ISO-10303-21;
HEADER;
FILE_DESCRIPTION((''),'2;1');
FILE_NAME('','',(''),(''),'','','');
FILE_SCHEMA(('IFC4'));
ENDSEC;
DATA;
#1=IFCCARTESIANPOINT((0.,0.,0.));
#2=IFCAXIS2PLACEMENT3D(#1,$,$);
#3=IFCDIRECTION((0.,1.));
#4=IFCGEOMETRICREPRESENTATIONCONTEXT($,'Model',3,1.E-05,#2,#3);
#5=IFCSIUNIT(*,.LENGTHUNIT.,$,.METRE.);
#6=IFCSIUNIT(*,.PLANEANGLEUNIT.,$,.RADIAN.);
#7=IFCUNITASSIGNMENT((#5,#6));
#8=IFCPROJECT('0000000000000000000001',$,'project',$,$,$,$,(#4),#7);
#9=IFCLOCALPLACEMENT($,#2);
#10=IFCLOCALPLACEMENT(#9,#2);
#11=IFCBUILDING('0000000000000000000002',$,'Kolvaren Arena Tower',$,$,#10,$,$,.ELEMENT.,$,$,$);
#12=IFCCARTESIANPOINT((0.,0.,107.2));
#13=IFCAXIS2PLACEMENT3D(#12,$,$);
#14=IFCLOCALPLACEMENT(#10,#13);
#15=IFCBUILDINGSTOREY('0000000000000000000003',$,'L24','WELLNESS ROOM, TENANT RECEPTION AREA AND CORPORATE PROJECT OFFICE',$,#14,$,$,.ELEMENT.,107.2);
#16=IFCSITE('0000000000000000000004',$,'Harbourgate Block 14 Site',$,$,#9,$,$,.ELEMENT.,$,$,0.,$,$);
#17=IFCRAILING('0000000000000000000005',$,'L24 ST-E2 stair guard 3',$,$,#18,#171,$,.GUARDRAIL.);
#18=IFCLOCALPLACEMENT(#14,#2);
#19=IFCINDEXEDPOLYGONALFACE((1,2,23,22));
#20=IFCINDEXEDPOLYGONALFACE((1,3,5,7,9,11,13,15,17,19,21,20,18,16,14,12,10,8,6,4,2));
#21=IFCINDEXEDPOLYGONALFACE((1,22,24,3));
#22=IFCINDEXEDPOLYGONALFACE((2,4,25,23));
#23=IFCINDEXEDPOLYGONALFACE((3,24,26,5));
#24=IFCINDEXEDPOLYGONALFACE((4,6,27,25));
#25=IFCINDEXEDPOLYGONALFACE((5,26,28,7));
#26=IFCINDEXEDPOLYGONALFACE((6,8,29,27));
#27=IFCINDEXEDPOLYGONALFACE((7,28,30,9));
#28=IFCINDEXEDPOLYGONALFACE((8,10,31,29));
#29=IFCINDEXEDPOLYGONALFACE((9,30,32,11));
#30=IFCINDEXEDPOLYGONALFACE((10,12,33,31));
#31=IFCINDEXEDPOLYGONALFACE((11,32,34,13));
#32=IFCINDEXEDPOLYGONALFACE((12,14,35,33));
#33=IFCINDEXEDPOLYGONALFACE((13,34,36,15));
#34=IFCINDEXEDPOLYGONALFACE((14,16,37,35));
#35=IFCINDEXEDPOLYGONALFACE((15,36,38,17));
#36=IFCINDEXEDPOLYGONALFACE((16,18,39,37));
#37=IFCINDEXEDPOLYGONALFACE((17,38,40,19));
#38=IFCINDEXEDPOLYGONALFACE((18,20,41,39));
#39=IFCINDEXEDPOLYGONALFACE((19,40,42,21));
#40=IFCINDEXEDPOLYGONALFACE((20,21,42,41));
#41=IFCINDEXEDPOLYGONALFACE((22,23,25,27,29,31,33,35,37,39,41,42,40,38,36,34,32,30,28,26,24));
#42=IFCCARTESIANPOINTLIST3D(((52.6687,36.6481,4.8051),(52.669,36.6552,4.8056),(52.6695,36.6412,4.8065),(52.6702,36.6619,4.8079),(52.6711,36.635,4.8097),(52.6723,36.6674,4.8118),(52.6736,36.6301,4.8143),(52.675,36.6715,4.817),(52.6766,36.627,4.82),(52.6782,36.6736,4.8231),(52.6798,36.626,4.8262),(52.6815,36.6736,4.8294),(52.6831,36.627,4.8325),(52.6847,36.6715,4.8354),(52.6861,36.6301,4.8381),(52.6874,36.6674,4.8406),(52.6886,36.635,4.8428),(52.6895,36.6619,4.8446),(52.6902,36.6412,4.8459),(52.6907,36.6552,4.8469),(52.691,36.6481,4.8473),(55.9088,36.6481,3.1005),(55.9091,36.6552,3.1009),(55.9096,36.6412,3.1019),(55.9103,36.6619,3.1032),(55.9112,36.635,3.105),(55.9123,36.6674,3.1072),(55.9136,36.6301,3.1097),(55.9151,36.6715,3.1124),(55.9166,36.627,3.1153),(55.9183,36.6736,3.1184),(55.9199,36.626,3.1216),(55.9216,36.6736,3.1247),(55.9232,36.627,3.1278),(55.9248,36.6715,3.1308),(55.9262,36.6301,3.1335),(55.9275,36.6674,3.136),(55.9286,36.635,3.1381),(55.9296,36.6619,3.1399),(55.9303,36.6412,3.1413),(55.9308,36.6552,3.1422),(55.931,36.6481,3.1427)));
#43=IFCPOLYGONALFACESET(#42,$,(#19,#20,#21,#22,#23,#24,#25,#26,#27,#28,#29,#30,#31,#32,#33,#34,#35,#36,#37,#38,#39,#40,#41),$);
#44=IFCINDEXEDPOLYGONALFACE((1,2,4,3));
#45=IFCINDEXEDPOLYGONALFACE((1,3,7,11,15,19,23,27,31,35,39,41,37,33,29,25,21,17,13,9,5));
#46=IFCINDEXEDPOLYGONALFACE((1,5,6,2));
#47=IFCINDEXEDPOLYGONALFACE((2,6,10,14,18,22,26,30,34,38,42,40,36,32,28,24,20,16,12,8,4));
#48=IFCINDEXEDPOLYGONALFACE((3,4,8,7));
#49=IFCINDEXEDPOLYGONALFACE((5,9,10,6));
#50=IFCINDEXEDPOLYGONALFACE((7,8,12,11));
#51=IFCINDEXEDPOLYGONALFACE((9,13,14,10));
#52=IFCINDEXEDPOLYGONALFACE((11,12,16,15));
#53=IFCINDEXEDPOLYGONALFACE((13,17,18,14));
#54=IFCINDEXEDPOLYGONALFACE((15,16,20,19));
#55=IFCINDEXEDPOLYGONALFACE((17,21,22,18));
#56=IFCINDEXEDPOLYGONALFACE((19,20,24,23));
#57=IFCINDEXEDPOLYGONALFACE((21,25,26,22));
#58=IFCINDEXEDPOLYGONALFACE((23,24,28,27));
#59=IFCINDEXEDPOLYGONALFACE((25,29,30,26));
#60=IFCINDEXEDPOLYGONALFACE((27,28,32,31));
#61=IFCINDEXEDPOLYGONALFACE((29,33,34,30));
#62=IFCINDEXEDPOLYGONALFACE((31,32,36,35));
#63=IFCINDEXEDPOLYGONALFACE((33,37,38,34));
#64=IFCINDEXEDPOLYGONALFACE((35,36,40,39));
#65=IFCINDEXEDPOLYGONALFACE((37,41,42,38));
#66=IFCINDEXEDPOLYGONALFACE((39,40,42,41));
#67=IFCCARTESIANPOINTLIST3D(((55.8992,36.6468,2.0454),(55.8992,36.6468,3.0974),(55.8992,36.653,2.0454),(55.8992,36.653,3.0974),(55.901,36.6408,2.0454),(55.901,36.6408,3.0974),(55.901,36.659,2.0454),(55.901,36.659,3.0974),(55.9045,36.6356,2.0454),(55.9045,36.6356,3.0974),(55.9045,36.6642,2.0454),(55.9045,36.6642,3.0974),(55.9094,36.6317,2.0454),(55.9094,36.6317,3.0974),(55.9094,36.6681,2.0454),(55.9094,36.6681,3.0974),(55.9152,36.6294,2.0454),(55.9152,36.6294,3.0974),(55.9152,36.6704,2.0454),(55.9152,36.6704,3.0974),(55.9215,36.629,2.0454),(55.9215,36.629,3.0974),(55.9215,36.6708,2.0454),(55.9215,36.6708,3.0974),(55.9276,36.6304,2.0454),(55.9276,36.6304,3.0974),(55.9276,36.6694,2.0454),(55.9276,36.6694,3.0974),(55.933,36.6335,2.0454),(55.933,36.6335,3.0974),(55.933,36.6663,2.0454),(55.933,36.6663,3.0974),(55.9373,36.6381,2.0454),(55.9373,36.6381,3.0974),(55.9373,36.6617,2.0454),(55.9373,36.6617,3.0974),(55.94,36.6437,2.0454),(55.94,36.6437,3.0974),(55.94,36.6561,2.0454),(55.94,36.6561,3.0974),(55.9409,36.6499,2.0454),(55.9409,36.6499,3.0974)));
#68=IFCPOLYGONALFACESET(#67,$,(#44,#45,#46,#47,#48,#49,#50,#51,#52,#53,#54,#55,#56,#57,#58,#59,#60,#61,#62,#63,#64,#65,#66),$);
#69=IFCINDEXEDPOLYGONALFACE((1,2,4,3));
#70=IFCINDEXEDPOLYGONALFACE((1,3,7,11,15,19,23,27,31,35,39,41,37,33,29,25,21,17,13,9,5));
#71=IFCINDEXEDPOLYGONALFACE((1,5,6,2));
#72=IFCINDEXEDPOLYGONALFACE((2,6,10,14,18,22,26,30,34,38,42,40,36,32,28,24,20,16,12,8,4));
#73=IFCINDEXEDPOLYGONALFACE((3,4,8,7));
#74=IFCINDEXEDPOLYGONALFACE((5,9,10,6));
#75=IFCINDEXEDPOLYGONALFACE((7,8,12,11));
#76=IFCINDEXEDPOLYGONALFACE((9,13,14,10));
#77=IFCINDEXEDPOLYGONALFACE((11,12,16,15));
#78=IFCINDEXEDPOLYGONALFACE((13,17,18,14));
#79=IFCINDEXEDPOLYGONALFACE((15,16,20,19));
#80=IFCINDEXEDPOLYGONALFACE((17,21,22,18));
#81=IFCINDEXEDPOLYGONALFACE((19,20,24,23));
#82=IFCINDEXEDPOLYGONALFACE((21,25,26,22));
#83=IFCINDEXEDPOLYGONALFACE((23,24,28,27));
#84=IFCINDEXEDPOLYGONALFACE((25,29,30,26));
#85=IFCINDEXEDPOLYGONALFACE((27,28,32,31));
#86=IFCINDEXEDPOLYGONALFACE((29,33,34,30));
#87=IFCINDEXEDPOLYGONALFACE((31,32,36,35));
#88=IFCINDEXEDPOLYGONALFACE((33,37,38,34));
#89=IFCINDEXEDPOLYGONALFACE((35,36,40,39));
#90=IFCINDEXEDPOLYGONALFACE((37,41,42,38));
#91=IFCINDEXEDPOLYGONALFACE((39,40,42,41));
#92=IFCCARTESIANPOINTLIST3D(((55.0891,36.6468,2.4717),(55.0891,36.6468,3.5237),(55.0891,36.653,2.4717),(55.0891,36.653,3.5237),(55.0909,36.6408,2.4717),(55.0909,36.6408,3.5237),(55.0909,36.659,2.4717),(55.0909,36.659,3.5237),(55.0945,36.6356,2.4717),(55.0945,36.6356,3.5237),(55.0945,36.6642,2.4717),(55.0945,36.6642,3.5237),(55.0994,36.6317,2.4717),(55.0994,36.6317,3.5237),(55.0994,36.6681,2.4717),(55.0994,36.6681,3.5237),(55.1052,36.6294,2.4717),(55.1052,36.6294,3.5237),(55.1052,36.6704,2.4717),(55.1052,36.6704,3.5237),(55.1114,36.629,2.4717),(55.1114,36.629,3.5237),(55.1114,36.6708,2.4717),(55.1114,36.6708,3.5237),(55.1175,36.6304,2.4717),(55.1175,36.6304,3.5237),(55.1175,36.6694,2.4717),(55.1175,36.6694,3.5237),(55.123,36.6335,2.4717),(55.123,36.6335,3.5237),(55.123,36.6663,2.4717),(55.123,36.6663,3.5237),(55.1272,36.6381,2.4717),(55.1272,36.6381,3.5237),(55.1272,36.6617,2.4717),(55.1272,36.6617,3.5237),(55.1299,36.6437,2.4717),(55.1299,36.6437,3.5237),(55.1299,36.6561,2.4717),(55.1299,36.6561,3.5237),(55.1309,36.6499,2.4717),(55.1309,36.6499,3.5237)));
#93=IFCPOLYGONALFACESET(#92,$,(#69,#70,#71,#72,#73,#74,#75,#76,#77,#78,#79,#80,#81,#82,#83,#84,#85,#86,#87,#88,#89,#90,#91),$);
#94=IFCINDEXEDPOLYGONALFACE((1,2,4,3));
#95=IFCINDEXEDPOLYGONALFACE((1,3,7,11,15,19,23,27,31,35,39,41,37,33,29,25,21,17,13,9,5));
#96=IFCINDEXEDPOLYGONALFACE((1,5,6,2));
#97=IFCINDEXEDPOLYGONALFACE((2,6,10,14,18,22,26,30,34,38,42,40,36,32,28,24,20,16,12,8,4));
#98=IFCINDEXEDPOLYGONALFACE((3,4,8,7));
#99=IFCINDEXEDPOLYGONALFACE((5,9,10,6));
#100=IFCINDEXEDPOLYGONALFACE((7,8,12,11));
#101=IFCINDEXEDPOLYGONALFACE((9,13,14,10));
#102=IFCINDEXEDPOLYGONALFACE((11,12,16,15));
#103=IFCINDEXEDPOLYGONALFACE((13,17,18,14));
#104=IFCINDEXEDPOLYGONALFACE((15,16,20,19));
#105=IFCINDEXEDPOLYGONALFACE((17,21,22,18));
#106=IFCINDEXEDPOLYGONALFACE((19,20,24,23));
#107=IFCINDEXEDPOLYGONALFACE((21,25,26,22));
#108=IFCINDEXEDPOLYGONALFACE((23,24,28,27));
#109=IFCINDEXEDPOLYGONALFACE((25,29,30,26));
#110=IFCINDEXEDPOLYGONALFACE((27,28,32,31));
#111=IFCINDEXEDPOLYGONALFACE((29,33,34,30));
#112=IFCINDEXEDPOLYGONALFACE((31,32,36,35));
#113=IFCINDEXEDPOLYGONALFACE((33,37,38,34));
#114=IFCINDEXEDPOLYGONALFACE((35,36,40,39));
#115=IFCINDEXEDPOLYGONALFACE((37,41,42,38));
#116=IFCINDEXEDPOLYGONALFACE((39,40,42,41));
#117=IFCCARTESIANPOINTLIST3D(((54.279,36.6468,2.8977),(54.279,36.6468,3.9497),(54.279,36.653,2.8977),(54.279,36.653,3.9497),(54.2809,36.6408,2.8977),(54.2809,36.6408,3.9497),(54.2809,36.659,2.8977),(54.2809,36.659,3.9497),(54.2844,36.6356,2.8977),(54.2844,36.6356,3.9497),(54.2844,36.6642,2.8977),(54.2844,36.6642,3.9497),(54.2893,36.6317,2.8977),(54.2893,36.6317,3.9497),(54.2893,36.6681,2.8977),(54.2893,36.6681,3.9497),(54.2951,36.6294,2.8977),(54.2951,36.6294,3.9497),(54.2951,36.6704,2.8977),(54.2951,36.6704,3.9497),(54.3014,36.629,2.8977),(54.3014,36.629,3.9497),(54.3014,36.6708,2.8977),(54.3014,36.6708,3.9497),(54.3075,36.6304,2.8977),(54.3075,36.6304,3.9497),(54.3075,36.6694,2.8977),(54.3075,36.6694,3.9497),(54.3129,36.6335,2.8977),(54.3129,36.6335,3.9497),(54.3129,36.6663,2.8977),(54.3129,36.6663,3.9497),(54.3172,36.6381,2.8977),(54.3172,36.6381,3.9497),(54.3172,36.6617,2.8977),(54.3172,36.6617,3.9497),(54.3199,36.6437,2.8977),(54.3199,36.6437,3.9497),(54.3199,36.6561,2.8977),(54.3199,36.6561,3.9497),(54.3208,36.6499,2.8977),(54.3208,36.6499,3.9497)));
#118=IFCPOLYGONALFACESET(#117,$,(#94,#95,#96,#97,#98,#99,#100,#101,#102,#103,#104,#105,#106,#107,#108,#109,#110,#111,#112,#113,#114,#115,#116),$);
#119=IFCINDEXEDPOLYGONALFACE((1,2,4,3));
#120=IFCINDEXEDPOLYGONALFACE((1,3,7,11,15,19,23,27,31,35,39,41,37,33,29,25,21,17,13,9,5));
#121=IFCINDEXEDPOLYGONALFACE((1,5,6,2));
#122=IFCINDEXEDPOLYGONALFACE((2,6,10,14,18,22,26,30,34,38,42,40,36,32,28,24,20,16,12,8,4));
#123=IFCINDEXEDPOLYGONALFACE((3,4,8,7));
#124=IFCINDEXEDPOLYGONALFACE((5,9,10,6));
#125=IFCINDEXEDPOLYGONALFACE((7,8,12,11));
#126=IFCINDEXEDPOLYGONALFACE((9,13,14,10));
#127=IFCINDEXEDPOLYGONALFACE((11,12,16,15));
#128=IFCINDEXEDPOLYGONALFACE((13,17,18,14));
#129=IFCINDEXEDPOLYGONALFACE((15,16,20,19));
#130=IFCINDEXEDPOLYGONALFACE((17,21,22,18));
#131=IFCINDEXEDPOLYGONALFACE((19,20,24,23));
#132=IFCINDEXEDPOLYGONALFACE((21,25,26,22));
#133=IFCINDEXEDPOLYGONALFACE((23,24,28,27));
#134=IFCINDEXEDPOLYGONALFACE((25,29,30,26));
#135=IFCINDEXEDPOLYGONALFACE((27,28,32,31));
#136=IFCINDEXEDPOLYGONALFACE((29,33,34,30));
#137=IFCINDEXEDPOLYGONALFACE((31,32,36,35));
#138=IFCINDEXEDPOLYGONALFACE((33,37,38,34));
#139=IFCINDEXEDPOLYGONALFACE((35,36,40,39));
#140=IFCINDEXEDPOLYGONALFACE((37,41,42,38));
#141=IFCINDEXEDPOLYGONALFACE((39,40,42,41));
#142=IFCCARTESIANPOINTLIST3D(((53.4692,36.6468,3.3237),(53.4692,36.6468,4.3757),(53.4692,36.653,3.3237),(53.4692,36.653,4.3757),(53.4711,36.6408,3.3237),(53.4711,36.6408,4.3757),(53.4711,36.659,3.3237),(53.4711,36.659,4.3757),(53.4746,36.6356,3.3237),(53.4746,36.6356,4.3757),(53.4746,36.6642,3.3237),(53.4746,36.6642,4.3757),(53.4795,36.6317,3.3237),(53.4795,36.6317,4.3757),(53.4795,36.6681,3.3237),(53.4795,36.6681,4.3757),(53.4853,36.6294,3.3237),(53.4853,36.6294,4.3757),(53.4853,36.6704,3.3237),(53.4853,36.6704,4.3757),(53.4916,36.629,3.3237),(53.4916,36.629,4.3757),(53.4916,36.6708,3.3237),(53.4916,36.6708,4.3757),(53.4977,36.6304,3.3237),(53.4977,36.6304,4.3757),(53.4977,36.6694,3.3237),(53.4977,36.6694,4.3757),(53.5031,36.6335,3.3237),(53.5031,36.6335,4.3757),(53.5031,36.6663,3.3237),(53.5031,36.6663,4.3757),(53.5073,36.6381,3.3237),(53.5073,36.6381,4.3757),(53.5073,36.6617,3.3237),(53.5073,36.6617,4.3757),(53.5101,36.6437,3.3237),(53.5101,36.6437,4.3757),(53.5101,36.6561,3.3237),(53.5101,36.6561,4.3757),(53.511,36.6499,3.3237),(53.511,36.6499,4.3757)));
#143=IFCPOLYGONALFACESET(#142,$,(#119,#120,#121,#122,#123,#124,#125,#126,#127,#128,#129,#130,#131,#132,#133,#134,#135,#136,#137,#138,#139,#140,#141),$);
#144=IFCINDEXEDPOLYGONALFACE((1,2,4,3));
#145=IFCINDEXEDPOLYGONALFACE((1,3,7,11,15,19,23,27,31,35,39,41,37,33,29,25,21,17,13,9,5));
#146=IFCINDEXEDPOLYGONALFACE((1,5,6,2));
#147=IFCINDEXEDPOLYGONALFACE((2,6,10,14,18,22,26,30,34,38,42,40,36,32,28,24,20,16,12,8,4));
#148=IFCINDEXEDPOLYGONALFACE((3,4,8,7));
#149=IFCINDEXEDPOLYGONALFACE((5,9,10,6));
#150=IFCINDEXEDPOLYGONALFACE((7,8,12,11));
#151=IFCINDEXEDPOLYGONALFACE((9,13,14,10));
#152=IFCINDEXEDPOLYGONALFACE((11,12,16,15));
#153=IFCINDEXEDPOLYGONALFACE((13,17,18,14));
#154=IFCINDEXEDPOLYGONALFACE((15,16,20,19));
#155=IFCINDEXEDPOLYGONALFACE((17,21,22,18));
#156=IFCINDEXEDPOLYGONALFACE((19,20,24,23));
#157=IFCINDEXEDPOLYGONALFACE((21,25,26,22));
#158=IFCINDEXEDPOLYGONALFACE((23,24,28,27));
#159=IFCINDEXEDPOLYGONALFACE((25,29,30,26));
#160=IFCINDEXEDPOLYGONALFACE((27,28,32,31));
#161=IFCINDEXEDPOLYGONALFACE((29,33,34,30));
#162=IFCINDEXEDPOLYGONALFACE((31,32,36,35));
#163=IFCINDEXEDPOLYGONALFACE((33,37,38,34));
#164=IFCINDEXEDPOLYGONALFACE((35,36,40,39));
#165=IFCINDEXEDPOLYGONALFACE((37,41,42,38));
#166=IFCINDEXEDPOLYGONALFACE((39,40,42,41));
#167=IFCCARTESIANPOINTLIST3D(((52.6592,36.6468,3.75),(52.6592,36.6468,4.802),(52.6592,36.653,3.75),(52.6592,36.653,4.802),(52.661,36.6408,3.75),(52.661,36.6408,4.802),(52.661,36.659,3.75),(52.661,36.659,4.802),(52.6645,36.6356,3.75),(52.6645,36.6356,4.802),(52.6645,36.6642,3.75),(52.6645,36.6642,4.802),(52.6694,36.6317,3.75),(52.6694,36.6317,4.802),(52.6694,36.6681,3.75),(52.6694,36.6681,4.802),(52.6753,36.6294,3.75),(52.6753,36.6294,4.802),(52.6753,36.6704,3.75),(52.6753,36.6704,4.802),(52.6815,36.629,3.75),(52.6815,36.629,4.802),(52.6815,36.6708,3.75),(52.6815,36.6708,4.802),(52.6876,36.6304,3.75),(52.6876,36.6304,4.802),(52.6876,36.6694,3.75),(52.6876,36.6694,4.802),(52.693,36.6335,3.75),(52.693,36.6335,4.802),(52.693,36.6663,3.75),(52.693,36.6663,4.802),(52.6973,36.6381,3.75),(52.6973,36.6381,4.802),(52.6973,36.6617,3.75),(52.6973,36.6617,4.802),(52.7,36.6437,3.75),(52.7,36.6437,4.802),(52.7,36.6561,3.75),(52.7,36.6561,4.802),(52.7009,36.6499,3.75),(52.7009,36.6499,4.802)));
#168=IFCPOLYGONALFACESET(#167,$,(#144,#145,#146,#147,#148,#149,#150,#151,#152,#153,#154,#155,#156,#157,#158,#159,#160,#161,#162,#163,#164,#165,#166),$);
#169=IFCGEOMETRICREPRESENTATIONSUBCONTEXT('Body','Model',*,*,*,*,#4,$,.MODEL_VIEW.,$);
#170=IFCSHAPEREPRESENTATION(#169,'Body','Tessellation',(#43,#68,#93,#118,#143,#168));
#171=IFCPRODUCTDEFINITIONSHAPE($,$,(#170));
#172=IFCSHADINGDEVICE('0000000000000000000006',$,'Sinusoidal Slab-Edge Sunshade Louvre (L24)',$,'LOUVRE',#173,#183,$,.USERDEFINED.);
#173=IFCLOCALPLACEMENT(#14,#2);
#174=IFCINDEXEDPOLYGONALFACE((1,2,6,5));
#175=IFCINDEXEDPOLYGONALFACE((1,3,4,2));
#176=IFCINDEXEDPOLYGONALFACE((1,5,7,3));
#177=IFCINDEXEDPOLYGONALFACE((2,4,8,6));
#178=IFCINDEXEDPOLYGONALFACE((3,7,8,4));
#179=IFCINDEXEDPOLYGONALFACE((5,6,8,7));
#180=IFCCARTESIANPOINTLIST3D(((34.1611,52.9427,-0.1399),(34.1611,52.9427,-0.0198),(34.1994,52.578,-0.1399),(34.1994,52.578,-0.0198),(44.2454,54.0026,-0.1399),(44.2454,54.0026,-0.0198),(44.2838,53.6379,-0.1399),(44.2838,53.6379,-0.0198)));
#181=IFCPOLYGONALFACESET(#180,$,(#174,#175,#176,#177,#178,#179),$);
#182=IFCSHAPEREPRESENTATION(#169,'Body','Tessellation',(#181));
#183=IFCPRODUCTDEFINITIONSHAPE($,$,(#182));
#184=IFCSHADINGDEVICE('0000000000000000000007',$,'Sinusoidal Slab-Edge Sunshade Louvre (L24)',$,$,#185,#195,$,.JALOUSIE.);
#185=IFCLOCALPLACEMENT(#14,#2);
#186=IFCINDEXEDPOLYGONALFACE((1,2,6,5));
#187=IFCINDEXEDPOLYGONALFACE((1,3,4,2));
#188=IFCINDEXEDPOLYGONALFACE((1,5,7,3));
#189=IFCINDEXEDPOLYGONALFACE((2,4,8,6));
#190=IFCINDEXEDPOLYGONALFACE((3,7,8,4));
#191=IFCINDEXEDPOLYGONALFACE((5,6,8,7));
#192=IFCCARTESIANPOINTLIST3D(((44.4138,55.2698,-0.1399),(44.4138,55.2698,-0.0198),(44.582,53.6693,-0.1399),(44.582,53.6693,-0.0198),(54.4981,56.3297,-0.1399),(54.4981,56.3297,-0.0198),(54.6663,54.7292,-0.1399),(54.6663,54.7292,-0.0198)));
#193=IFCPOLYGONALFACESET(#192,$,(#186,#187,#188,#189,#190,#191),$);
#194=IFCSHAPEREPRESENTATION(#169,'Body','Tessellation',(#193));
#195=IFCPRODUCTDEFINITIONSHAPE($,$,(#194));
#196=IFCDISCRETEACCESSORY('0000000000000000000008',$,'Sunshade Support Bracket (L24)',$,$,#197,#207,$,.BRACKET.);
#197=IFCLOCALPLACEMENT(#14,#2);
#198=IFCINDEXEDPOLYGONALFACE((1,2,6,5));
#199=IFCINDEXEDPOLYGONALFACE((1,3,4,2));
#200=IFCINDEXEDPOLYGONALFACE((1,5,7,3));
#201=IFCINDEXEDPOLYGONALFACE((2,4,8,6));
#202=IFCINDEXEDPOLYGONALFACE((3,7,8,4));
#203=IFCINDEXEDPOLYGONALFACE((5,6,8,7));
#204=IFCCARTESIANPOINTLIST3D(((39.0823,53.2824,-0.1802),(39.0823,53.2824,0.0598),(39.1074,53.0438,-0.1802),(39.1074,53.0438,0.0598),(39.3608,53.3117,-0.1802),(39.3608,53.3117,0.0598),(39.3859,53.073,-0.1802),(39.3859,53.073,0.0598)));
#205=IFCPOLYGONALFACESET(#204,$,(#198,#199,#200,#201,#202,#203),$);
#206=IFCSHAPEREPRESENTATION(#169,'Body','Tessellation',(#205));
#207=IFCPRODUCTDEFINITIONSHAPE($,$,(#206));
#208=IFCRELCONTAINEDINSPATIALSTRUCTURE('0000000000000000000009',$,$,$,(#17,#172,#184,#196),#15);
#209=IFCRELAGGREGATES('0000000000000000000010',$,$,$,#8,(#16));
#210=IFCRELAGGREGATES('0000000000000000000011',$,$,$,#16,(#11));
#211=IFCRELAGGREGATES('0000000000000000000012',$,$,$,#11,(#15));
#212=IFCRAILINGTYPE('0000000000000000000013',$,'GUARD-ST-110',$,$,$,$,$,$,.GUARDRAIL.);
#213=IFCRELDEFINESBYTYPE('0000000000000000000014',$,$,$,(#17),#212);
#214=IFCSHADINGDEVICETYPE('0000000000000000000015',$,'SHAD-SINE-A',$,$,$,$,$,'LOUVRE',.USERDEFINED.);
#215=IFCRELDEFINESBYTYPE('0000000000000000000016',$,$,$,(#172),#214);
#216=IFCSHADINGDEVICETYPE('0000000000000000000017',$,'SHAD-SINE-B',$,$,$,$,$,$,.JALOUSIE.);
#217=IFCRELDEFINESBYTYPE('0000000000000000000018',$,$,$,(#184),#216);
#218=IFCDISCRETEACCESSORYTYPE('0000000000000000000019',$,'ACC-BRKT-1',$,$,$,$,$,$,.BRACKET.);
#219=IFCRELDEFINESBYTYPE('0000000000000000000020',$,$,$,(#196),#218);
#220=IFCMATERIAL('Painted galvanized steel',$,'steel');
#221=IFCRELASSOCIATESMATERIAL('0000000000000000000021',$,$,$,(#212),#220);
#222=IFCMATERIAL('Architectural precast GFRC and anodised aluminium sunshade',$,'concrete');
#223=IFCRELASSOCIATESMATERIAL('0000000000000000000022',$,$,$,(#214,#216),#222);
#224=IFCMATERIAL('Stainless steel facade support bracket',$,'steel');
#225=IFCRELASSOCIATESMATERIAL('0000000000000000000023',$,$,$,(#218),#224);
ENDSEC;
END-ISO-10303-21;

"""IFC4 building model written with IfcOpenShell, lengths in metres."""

from ifc_helpers import new_model, si_unit, direction, frame, origin, origin_2d, place, context, subcontext, project, spatial, rectangle, circle, extrude, material, type_object, element, save


model = new_model("IFC4")

# Units and contexts
model_context = context("Model", 3, precision=1e-05, world=origin(), true_north=direction((0.0, 1.0)))
body_context = subcontext(model_context, "Body", "Model", "MODEL_VIEW")
ifc_project = project(units=[si_unit("LENGTHUNIT", "METRE"), si_unit("PLANEANGLEUNIT", "RADIAN")], contexts=[model_context])

# Site, building, storey
site_placement = place(None, origin())
site = spatial("IfcSite", under=ifc_project, at=site_placement, Name="Harbourgate Block 14 Site", CompositionType="ELEMENT", RefElevation=0.0)
building_placement = place(site_placement, origin())
building = spatial("IfcBuilding", under=site, at=building_placement, Name="Kolvaren Arena Tower", CompositionType="ELEMENT")
storey_placement = place(building_placement, frame((0.0, 0.0, 107.2)))
storey = spatial("IfcBuildingStorey", under=building, at=storey_placement, Name="L24", Description="WELLNESS ROOM, TENANT RECEPTION AREA AND CORPORATE PROJECT OFFICE", CompositionType="ELEMENT", Elevation=107.2)

# Railing
ifc_material_1 = material(Name="Painted galvanized steel", Category="steel")
railing_type = type_object("IfcRailingType", Name="GUARD-ST-110", PredefinedType="GUARDRAIL", material=ifc_material_1)
railing_placement = place(storey_placement, frame((55.9199, 36.6499, 2.0454)))
element("IfcRailing", 1, at=railing_placement, inside=storey, type_object=railing_type, Name="L24 ST-E2 stair guard 3", PredefinedType="GUARDRAIL", context=body_context, shape_type="SweptSolid", body=[
    extrude(circle(Radius=0.0239, at=origin_2d()), frame((0.0, 0.0, 1.0762), z_axis=(-0.884993, 0.0, 0.465604), x_axis=(0.0, -1.0, 0.0)), (0.0, 0.0, 1.0), 3.6611),
    extrude(circle(Radius=0.021, at=origin_2d()), origin(), (0.0, 0.0, 1.0), 1.052),
    extrude(circle(Radius=0.021, at=origin_2d()), frame((-0.8101, 0.0, 0.4263)), (0.0, 0.0, 1.0), 1.052),
    extrude(circle(Radius=0.021, at=origin_2d()), frame((-1.6201, 0.0, 0.8523)), (0.0, 0.0, 1.0), 1.052),
    extrude(circle(Radius=0.021, at=origin_2d()), frame((-2.4299, 0.0, 1.2783)), (0.0, 0.0, 1.0), 1.052),
    extrude(circle(Radius=0.021, at=origin_2d()), frame((-3.24, 0.0, 1.7046)), (0.0, 0.0, 1.0), 1.052),
])

# Shading devices
ifc_material_2 = material(Name="Architectural precast GFRC and anodised aluminium sunshade", Category="concrete")
shading_device_type_1 = type_object("IfcShadingDeviceType", Name="SHAD-SINE-A", ElementType="LOUVRE", PredefinedType="USERDEFINED", material=ifc_material_2)
shading_device_1_placement = place(storey_placement, frame((39.2224, 53.2903, -0.1399), z_axis=(0.0, 0.0, 1.0), x_axis=(0.994522, 0.104527, 0.0)))
element("IfcShadingDevice", 2, at=shading_device_1_placement, inside=storey, type_object=shading_device_type_1, Name="Sinusoidal Slab-Edge Sunshade Louvre (L24)", ObjectType="LOUVRE", PredefinedType="USERDEFINED", context=body_context, shape_type="SweptSolid", body=[
    extrude(rectangle(XDim=10.1399, YDim=0.3667, at=origin_2d()), origin(), (0.0, 0.0, 1.0), 0.1201),
])
shading_device_type_2 = type_object("IfcShadingDeviceType", Name="SHAD-SINE-B", PredefinedType="JALOUSIE", material=ifc_material_2)
shading_device_2_placement = place(storey_placement, frame((49.54, 54.9995, -0.1399), z_axis=(0.0, 0.0, 1.0), x_axis=(0.994522, 0.104527, 0.0)))
element("IfcShadingDevice", 3, at=shading_device_2_placement, inside=storey, type_object=shading_device_type_2, Name="Sinusoidal Slab-Edge Sunshade Louvre (L24)", PredefinedType="JALOUSIE", context=body_context, shape_type="SweptSolid", body=[
    extrude(rectangle(XDim=10.1399, YDim=1.6094, at=origin_2d()), origin(), (0.0, 0.0, 1.0), 0.1201),
])

# Discrete accessory
ifc_material_3 = material(Name="Stainless steel facade support bracket", Category="steel")
discrete_accessory_type = type_object("IfcDiscreteAccessoryType", Name="ACC-BRKT-1", PredefinedType="BRACKET", material=ifc_material_3)
for number, where, z_axis, x_axis, name in (
    (4, (39.2341, 53.1777, -0.1802), (0.0, 0.0, 1.0), (0.994522, 0.104527, 0.0), "Sunshade Support Bracket (L24)"),
):
    element("IfcDiscreteAccessory", number, at=place(storey_placement, frame(where, z_axis=z_axis, x_axis=x_axis)), inside=storey, type_object=discrete_accessory_type, Name=name, PredefinedType="BRACKET", context=body_context, shape_type="SweptSolid", body=[
        extrude(rectangle(XDim=0.28, YDim=0.24, at=origin_2d()), origin(), (0.0, 0.0, 1.0), 0.24),
    ])

save(model, "model.ifc")
